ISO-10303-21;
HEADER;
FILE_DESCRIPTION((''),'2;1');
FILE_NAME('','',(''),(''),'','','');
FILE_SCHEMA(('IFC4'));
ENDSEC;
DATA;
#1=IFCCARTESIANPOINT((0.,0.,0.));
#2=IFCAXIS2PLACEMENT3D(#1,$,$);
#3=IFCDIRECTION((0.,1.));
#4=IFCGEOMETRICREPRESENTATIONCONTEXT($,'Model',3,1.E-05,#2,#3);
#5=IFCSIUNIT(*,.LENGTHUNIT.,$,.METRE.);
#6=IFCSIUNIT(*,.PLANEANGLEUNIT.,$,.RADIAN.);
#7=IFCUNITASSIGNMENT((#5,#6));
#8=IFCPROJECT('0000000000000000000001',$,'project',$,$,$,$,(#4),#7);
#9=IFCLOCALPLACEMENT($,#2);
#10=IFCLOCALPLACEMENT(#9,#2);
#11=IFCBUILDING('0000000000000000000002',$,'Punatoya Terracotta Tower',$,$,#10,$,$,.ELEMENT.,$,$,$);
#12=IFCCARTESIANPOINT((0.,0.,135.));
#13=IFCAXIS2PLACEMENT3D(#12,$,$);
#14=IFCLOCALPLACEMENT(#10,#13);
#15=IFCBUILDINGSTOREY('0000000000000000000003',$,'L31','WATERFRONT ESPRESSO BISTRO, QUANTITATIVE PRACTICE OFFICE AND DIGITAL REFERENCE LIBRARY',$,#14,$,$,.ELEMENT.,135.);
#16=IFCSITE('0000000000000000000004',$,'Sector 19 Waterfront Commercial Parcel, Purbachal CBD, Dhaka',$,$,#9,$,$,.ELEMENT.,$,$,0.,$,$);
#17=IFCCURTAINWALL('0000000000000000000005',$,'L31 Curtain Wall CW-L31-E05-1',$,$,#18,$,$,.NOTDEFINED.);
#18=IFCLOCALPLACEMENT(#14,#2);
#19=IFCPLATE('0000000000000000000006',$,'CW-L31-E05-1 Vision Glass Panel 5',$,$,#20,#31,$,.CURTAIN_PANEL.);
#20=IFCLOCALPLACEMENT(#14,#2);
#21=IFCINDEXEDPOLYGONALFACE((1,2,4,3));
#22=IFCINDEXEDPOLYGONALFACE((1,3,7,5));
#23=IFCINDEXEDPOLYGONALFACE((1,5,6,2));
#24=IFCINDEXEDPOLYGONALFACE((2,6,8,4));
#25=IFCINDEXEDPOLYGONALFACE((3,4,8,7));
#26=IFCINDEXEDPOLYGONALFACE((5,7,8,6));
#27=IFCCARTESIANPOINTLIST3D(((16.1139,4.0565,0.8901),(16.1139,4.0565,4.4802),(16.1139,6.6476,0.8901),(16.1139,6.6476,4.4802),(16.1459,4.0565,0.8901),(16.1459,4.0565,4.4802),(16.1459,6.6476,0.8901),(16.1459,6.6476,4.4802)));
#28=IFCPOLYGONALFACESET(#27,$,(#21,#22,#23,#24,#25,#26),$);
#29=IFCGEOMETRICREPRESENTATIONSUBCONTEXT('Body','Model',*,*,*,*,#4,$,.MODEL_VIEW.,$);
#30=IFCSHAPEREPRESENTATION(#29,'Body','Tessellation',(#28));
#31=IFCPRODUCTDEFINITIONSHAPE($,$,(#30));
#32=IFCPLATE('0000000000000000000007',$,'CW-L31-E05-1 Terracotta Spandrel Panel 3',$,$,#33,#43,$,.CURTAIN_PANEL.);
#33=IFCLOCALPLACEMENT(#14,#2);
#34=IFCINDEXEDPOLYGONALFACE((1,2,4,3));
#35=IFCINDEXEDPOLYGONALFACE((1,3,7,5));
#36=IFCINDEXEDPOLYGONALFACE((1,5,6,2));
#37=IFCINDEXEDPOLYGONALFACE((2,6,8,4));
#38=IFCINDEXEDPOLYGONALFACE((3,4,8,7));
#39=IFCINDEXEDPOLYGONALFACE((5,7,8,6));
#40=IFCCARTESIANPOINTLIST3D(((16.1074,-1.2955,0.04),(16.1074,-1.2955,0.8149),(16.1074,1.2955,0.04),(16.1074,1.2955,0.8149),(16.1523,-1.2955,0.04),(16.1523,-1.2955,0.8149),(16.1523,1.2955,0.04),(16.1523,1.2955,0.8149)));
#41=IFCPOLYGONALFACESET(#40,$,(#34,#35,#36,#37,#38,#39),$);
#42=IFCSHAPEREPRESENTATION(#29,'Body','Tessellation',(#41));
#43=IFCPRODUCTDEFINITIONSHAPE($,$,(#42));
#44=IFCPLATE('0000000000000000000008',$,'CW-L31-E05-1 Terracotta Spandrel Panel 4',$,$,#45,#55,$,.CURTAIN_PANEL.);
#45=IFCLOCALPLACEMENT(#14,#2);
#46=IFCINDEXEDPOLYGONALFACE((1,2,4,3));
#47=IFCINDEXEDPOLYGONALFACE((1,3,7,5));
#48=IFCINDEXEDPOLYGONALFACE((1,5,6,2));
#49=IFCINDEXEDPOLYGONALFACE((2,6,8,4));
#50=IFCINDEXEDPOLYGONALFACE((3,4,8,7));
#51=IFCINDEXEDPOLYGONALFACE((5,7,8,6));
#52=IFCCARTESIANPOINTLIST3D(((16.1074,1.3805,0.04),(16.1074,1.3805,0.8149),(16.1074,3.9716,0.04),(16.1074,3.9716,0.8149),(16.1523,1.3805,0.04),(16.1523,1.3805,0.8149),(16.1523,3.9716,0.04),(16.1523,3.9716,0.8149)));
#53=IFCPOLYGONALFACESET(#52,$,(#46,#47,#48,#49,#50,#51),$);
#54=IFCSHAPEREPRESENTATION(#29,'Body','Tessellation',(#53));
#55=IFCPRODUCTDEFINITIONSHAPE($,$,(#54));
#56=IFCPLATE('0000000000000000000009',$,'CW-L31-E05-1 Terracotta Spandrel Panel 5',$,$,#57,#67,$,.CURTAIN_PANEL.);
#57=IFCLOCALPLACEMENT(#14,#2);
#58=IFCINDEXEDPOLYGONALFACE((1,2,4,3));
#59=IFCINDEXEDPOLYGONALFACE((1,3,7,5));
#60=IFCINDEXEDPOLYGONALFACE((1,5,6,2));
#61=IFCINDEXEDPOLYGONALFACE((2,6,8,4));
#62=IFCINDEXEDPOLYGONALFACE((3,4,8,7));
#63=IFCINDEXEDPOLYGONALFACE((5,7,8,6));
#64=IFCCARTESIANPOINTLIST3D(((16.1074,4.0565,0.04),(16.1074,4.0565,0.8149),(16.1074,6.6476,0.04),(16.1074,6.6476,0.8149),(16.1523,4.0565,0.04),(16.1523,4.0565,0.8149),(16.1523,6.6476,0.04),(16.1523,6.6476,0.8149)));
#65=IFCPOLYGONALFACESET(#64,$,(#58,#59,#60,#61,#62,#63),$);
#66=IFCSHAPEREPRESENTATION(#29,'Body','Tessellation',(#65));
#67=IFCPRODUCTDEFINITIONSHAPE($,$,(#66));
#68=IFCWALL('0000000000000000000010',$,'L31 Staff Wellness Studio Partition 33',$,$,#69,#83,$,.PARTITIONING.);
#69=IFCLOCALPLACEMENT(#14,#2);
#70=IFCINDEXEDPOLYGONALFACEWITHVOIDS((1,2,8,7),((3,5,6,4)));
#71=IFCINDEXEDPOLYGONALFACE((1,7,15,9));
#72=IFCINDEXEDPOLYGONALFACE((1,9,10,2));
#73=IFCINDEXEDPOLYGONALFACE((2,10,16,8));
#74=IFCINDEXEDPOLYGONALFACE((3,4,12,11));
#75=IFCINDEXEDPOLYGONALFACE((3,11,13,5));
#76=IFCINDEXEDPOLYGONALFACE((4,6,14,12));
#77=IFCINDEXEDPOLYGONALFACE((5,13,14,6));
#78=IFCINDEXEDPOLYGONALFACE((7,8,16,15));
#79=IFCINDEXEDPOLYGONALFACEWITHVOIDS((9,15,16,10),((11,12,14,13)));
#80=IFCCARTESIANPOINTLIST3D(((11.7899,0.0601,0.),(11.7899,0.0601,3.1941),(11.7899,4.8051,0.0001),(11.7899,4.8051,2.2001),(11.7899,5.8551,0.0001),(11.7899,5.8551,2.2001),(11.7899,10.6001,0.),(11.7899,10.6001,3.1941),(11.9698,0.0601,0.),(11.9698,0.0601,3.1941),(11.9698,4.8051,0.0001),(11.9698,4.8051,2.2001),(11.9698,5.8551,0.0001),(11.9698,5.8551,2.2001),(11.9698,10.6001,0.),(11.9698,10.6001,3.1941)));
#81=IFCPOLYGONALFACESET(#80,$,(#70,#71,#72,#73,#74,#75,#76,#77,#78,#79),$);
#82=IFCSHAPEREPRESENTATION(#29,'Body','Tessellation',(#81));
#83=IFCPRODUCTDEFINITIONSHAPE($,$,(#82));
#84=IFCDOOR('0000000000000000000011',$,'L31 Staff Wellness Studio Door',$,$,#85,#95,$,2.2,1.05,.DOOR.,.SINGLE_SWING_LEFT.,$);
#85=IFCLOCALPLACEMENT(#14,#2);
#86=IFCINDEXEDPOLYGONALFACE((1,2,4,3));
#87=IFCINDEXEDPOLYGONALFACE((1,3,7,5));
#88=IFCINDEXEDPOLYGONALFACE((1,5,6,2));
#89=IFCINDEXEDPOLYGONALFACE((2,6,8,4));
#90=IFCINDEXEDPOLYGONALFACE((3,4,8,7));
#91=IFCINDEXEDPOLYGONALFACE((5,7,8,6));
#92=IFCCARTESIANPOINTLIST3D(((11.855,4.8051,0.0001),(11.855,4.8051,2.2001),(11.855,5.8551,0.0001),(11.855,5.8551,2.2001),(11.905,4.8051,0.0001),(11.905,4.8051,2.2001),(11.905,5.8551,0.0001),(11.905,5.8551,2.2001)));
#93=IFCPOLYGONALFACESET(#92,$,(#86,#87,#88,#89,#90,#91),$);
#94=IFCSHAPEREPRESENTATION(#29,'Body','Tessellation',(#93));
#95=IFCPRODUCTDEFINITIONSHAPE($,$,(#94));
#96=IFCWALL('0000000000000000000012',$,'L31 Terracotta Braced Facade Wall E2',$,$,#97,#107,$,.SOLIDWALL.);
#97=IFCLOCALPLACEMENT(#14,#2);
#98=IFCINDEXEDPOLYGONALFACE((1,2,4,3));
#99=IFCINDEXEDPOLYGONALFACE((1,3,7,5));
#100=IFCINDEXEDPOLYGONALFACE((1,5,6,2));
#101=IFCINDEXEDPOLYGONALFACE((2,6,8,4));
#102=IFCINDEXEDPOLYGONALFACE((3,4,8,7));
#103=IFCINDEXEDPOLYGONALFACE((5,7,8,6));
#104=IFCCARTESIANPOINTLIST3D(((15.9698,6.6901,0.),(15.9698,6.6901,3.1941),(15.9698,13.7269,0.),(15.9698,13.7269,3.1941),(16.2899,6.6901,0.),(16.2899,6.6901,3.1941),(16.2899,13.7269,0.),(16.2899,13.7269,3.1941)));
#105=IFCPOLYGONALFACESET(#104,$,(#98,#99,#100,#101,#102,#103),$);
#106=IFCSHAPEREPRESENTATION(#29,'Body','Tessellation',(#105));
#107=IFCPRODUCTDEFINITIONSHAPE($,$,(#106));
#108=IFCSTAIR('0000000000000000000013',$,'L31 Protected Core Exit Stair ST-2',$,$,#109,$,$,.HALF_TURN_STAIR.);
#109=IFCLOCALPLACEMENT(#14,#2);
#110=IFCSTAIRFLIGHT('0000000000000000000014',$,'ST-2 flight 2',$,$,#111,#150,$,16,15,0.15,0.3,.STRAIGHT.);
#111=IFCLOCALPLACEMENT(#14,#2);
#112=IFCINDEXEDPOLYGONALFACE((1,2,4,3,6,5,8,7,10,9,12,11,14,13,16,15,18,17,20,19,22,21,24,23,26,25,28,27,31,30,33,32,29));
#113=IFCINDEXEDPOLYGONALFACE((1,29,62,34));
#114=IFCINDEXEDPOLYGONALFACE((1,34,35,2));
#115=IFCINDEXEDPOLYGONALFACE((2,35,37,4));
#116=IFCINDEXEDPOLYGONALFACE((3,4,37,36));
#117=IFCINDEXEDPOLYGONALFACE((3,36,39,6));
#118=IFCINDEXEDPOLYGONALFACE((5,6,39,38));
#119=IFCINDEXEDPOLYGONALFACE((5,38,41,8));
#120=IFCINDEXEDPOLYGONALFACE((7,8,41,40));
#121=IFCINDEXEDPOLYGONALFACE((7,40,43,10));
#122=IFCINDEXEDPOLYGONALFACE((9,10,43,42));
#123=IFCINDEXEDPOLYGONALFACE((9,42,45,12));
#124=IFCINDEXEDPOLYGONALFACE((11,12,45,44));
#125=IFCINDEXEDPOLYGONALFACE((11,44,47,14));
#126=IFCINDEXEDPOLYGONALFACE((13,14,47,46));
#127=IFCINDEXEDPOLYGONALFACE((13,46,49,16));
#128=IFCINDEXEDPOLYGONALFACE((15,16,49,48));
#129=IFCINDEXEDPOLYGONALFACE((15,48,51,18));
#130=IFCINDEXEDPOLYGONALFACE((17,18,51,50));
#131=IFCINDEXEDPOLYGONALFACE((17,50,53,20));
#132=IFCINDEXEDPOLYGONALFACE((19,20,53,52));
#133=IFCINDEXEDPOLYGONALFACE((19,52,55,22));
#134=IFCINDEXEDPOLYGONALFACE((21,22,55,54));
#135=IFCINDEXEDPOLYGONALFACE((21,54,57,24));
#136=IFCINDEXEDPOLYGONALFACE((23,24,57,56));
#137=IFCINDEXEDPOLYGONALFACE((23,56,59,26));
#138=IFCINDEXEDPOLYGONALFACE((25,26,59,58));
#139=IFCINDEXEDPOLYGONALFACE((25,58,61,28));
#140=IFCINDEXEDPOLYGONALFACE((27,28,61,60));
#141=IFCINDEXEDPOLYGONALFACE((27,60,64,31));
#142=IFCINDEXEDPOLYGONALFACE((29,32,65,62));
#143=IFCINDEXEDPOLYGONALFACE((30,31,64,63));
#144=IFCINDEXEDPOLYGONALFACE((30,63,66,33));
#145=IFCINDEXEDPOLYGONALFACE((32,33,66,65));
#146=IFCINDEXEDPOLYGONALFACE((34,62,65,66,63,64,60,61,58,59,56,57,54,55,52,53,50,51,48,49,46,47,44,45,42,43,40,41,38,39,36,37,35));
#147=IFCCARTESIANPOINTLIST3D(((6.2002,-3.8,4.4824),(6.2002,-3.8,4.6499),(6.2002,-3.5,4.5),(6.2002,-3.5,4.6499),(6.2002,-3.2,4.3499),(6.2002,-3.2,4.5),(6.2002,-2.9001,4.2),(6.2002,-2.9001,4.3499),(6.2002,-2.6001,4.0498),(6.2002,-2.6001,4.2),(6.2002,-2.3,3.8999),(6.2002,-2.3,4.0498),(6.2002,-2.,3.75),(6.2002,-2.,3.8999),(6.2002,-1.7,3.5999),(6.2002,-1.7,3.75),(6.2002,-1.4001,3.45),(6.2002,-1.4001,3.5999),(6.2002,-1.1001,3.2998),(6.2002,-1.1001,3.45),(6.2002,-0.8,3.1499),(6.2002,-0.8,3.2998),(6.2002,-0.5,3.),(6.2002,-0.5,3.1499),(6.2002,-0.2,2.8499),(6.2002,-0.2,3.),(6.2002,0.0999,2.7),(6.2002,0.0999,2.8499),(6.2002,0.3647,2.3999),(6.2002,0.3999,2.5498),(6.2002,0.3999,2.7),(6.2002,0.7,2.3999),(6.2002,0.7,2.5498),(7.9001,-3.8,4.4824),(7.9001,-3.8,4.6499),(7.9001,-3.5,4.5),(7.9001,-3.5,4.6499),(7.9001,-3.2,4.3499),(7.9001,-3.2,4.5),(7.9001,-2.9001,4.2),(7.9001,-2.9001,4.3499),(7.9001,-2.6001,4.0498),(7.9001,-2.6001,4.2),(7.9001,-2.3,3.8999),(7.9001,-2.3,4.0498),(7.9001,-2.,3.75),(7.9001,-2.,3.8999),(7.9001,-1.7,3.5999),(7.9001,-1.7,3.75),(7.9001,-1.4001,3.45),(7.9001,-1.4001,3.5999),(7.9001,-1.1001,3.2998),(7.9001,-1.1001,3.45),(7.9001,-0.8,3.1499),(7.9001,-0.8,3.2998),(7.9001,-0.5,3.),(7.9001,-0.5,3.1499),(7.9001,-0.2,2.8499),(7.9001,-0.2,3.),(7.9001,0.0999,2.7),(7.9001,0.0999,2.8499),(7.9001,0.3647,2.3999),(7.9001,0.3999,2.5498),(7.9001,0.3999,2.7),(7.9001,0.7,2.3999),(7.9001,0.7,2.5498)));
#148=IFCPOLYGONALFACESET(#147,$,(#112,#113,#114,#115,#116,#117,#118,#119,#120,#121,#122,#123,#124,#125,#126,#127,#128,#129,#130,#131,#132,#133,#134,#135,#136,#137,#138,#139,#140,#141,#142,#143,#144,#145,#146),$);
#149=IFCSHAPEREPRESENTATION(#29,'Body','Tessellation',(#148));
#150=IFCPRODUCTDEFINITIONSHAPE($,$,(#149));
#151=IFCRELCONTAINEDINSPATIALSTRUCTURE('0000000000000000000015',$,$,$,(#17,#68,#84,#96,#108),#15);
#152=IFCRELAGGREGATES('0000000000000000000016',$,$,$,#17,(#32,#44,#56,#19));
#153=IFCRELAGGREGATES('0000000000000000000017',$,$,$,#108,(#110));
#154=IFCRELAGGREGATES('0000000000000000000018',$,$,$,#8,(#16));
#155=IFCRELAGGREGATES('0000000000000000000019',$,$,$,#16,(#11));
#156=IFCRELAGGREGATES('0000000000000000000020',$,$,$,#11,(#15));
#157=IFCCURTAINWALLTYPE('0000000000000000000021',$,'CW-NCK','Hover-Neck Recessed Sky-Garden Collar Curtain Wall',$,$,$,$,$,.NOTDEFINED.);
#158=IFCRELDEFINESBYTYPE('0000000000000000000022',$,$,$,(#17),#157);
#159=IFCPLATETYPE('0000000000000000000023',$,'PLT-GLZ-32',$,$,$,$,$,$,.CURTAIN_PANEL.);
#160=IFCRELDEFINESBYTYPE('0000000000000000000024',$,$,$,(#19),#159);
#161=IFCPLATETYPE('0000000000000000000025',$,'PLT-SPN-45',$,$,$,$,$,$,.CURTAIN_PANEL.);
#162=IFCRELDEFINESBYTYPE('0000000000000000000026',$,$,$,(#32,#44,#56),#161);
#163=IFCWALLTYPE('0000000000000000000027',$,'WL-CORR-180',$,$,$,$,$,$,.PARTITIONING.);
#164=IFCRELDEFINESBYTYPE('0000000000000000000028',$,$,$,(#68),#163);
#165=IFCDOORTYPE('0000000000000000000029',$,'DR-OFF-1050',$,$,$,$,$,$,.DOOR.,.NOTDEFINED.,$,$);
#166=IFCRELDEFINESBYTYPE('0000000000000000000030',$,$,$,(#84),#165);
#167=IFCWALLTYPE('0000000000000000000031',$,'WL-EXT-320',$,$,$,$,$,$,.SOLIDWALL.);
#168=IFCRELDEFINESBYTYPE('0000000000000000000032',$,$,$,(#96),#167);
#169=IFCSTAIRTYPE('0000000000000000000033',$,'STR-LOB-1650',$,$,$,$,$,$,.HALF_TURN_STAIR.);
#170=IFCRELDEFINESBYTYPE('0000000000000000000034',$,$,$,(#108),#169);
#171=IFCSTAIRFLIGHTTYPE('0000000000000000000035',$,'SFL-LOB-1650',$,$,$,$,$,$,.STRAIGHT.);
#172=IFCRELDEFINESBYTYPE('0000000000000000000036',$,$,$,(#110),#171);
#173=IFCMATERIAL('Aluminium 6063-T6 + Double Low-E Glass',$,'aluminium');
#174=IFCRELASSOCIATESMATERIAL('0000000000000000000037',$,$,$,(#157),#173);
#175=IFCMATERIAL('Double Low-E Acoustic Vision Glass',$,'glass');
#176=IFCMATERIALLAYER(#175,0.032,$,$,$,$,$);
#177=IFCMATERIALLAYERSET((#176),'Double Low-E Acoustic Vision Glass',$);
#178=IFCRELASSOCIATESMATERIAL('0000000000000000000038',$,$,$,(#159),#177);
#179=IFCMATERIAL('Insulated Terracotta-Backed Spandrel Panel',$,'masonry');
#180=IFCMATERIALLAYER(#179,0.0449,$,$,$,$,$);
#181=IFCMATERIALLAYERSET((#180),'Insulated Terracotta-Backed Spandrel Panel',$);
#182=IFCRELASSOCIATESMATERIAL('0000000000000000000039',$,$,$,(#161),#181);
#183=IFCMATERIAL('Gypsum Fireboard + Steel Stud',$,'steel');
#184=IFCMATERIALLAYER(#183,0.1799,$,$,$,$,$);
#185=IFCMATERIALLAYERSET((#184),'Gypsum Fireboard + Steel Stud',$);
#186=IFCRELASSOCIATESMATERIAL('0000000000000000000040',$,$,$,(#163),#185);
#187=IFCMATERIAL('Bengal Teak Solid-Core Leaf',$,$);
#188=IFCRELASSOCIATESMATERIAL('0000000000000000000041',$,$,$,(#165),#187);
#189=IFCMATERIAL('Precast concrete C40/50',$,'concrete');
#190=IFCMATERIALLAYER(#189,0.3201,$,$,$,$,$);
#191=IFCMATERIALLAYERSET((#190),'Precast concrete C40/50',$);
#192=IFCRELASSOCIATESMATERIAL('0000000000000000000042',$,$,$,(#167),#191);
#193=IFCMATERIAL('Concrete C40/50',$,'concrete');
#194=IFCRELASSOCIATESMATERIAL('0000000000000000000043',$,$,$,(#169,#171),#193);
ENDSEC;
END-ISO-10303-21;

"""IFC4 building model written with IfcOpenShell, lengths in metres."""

from ifc_helpers import new_model, si_unit, direction, frame, frame_2d, origin, origin_2d, place, context, subcontext, project, spatial, polyline, rectangle, outline, extrude, material, layer, layer_set, type_object, element, fill, aggregate, save


model = new_model("IFC4")

# Units and contexts
model_context = context("Model", 3, precision=1e-05, world=origin(), true_north=direction((0.0, 1.0)))
body_context = subcontext(model_context, "Body", "Model", "MODEL_VIEW")
ifc_project = project(units=[si_unit("LENGTHUNIT", "METRE"), si_unit("PLANEANGLEUNIT", "RADIAN")], contexts=[model_context])

# Site, building, storey
site_placement = place(None, origin())
site = spatial("IfcSite", under=ifc_project, at=site_placement, Name="Sector 19 Waterfront Commercial Parcel, Purbachal CBD, Dhaka", CompositionType="ELEMENT", RefElevation=0.0)
building_placement = place(site_placement, origin())
building = spatial("IfcBuilding", under=site, at=building_placement, Name="Punatoya Terracotta Tower", CompositionType="ELEMENT")
storey_placement = place(building_placement, frame((0.0, 0.0, 135.0)))
storey = spatial("IfcBuildingStorey", under=building, at=storey_placement, Name="L31", Description="WATERFRONT ESPRESSO BISTRO, QUANTITATIVE PRACTICE OFFICE AND DIGITAL REFERENCE LIBRARY", CompositionType="ELEMENT", Elevation=135.0)

# Curtain wall, plates
ifc_material_1 = material(Name="Aluminium 6063-T6 + Double Low-E Glass", Category="aluminium")
curtain_wall_type = type_object("IfcCurtainWallType", Name="CW-NCK", Description="Hover-Neck Recessed Sky-Garden Collar Curtain Wall", PredefinedType="NOTDEFINED", material=ifc_material_1)
curtain_wall_placement = place(storey_placement, origin())
curtain_wall = element("IfcCurtainWall", 1, at=curtain_wall_placement, inside=storey, type_object=curtain_wall_type, Name="L31 Curtain Wall CW-L31-E05-1", PredefinedType="NOTDEFINED")
ifc_material_2 = material(Name="Double Low-E Acoustic Vision Glass", Category="glass")
ifc_layer_1 = layer(ifc_material_2, 0.032)
ifc_layer_set_1 = layer_set([ifc_layer_1], Name="Double Low-E Acoustic Vision Glass")
plate_type_1 = type_object("IfcPlateType", Name="PLT-GLZ-32", PredefinedType="CURTAIN_PANEL", material=ifc_layer_set_1)
plate_1_placement = place(storey_placement, frame((16.1299, 5.3521, 0.8901), z_axis=(0.0, 0.0, 1.0), x_axis=(0.0, 1.0, 0.0)))
plate_1 = element("IfcPlate", 2, at=plate_1_placement, type_object=plate_type_1, Name="CW-L31-E05-1 Vision Glass Panel 5", PredefinedType="CURTAIN_PANEL", context=body_context, shape_type="SweptSolid", body=[
    extrude(rectangle(XDim=2.5911, YDim=0.032, at=origin_2d()), origin(), (0.0, 0.0, 1.0), 3.5901),
])
ifc_material_3 = material(Name="Insulated Terracotta-Backed Spandrel Panel", Category="masonry")
ifc_layer_2 = layer(ifc_material_3, 0.0449)
ifc_layer_set_2 = layer_set([ifc_layer_2], Name="Insulated Terracotta-Backed Spandrel Panel")
plate_type_2 = type_object("IfcPlateType", Name="PLT-SPN-45", PredefinedType="CURTAIN_PANEL", material=ifc_layer_set_2)
plate_2_placement = place(storey_placement, frame((16.1299, 0.0, 0.04), z_axis=(0.0, 0.0, 1.0), x_axis=(0.0, 1.0, 0.0)))
plate_2 = element("IfcPlate", 3, at=plate_2_placement, type_object=plate_type_2, Name="CW-L31-E05-1 Terracotta Spandrel Panel 3", PredefinedType="CURTAIN_PANEL", context=body_context, shape_type="SweptSolid", body=[
    extrude(rectangle(XDim=2.5911, YDim=0.0449, at=origin_2d()), origin(), (0.0, 0.0, 1.0), 0.7749),
])
plate_3_placement = place(storey_placement, frame((16.1299, 2.676, 0.04), z_axis=(0.0, 0.0, 1.0), x_axis=(0.0, 1.0, 0.0)))
plate_3 = element("IfcPlate", 4, at=plate_3_placement, type_object=plate_type_2, Name="CW-L31-E05-1 Terracotta Spandrel Panel 4", PredefinedType="CURTAIN_PANEL", context=body_context, shape_type="SweptSolid", body=[
    extrude(rectangle(XDim=2.5911, YDim=0.0449, at=origin_2d()), origin(), (0.0, 0.0, 1.0), 0.7749),
])
plate_4_placement = place(storey_placement, frame((16.1299, 5.3521, 0.04), z_axis=(0.0, 0.0, 1.0), x_axis=(0.0, 1.0, 0.0)))
plate_4 = element("IfcPlate", 5, at=plate_4_placement, type_object=plate_type_2, Name="CW-L31-E05-1 Terracotta Spandrel Panel 5", PredefinedType="CURTAIN_PANEL", context=body_context, shape_type="SweptSolid", body=[
    extrude(rectangle(XDim=2.5911, YDim=0.0449, at=origin_2d()), origin(), (0.0, 0.0, 1.0), 0.7749),
])
aggregate(curtain_wall, [plate_2, plate_3, plate_4, plate_1])

# Wall, opening, door
ifc_material_4 = material(Name="Gypsum Fireboard + Steel Stud", Category="steel")
ifc_layer_3 = layer(ifc_material_4, 0.1799)
ifc_layer_set_3 = layer_set([ifc_layer_3], Name="Gypsum Fireboard + Steel Stud")
wall_type_1 = type_object("IfcWallType", Name="WL-CORR-180", PredefinedType="PARTITIONING", material=ifc_layer_set_3)
wall_1_placement = place(storey_placement, frame((11.8799, 0.0601, 0.0), z_axis=(0.0, 0.0, 1.0), x_axis=(0.0, 1.0, 0.0)))
wall_1 = element("IfcWall", 6, at=wall_1_placement, inside=storey, type_object=wall_type_1, Name="L31 Staff Wellness Studio Partition 33", PredefinedType="PARTITIONING", context=body_context, shape_type="SweptSolid", body=[
    extrude(rectangle(XDim=10.54, YDim=0.1799, at=frame_2d((5.27, 0.0))), origin(), (0.0, 0.0, 1.0), 3.1941),
])
opening_placement = place(wall_1_placement, frame((4.7451, 0.0, 0.0)))
opening = element("IfcOpeningElement", 7, at=opening_placement, cuts=wall_1, PredefinedType="OPENING", context=body_context, shape_type="SweptSolid", body=[
    extrude(rectangle(XDim=1.05, YDim=2.2, at=frame_2d((0.5249, 1.1001))), frame((0.0, 0.0999, 0.0), z_axis=(0.0, -1.0, 0.0), x_axis=(1.0, 0.0, 0.0)), (0.0, 0.0, 1.0), 0.2),
])
ifc_material_5 = material(Name="Bengal Teak Solid-Core Leaf")
door_type = type_object("IfcDoorType", Name="DR-OFF-1050", OperationType="NOTDEFINED", PredefinedType="DOOR", material=ifc_material_5)
door_placement = place(opening_placement, origin())
door = element("IfcDoor", 8, at=door_placement, inside=storey, type_object=door_type, Name="L31 Staff Wellness Studio Door", OperationType="SINGLE_SWING_LEFT", OverallHeight=2.2, OverallWidth=1.05, PredefinedType="DOOR", context=body_context, shape_type="SweptSolid", body=[
    extrude(rectangle(XDim=1.05, YDim=2.2, at=frame_2d((0.5249, 1.1001))), frame((0.0, 0.0249, 0.0), z_axis=(0.0, -1.0, 0.0), x_axis=(1.0, 0.0, 0.0)), (0.0, 0.0, 1.0), 0.05),
])
fill(opening, door)

# Wall
ifc_material_6 = material(Name="Precast concrete C40/50", Category="concrete")
ifc_layer_4 = layer(ifc_material_6, 0.3201)
ifc_layer_set_4 = layer_set([ifc_layer_4], Name="Precast concrete C40/50")
wall_type_2 = type_object("IfcWallType", Name="WL-EXT-320", PredefinedType="SOLIDWALL", material=ifc_layer_set_4)
wall_2_placement = place(storey_placement, frame((16.1299, 6.6899, 0.0), z_axis=(0.0, 0.0, 1.0), x_axis=(0.0, 1.0, 0.0)))
element("IfcWall", 9, at=wall_2_placement, inside=storey, type_object=wall_type_2, Name="L31 Terracotta Braced Facade Wall E2", PredefinedType="SOLIDWALL", context=body_context, shape_type="SweptSolid", body=[
    extrude(rectangle(XDim=7.0369, YDim=0.3201, at=frame_2d((3.5186, 0.0))), origin(), (0.0, 0.0, 1.0), 3.1941),
])

# Stair, stair flight
ifc_material_7 = material(Name="Concrete C40/50", Category="concrete")
stair_type = type_object("IfcStairType", Name="STR-LOB-1650", PredefinedType="HALF_TURN_STAIR", material=ifc_material_7)
stair_placement = place(storey_placement, origin())
stair = element("IfcStair", 10, at=stair_placement, inside=storey, type_object=stair_type, Name="L31 Protected Core Exit Stair ST-2", PredefinedType="HALF_TURN_STAIR")
stair_flight_type = type_object("IfcStairFlightType", Name="SFL-LOB-1650", PredefinedType="STRAIGHT", material=ifc_material_7)
stair_flight_placement = place(storey_placement, frame((7.05, 0.7, 2.3999), z_axis=(0.0, 0.0, 1.0), x_axis=(0.0, -1.0, 0.0)))
stair_flight = element("IfcStairFlight", 11, at=stair_flight_placement, type_object=stair_flight_type, Name="ST-2 flight 2", NumberOfRisers=16, NumberOfTreads=15, PredefinedType="STRAIGHT", RiserHeight=0.15, TreadLength=0.3, context=body_context, shape_type="SweptSolid", body=[
    extrude(outline(polyline([(0.0, 0.0), (0.0, 0.1499), (0.3, 0.1499), (0.3, 0.3), (0.6001, 0.3), (0.6001, 0.45), (0.8999, 0.45), (0.8999, 0.6001), (1.2, 0.6001), (1.2, 0.75), (1.5, 0.75), (1.5, 0.8999), (1.8, 0.8999), (1.8, 1.05), (2.1001, 1.05), (2.1001, 1.2), (2.3999, 1.2), (2.3999, 1.3501), (2.7, 1.3501), (2.7, 1.5), (3.0, 1.5), (3.0, 1.6499), (3.3, 1.6499), (3.3, 1.8), (3.6001, 1.8), (3.6001, 1.95), (3.8999, 1.95), (3.8999, 2.1001), (4.2, 2.1001), (4.2, 2.25), (4.5, 2.25), (4.5, 2.3999), (4.5, 2.0825), (0.3352, 0.0), (0.0, 0.0)])), frame((0.0, 0.8501, 0.0), z_axis=(0.0, -1.0, 0.0), x_axis=(1.0, 0.0, 0.0)), (0.0, 0.0, 1.0), 1.7),
])
aggregate(stair, [stair_flight])

save(model, "model.ifc")
